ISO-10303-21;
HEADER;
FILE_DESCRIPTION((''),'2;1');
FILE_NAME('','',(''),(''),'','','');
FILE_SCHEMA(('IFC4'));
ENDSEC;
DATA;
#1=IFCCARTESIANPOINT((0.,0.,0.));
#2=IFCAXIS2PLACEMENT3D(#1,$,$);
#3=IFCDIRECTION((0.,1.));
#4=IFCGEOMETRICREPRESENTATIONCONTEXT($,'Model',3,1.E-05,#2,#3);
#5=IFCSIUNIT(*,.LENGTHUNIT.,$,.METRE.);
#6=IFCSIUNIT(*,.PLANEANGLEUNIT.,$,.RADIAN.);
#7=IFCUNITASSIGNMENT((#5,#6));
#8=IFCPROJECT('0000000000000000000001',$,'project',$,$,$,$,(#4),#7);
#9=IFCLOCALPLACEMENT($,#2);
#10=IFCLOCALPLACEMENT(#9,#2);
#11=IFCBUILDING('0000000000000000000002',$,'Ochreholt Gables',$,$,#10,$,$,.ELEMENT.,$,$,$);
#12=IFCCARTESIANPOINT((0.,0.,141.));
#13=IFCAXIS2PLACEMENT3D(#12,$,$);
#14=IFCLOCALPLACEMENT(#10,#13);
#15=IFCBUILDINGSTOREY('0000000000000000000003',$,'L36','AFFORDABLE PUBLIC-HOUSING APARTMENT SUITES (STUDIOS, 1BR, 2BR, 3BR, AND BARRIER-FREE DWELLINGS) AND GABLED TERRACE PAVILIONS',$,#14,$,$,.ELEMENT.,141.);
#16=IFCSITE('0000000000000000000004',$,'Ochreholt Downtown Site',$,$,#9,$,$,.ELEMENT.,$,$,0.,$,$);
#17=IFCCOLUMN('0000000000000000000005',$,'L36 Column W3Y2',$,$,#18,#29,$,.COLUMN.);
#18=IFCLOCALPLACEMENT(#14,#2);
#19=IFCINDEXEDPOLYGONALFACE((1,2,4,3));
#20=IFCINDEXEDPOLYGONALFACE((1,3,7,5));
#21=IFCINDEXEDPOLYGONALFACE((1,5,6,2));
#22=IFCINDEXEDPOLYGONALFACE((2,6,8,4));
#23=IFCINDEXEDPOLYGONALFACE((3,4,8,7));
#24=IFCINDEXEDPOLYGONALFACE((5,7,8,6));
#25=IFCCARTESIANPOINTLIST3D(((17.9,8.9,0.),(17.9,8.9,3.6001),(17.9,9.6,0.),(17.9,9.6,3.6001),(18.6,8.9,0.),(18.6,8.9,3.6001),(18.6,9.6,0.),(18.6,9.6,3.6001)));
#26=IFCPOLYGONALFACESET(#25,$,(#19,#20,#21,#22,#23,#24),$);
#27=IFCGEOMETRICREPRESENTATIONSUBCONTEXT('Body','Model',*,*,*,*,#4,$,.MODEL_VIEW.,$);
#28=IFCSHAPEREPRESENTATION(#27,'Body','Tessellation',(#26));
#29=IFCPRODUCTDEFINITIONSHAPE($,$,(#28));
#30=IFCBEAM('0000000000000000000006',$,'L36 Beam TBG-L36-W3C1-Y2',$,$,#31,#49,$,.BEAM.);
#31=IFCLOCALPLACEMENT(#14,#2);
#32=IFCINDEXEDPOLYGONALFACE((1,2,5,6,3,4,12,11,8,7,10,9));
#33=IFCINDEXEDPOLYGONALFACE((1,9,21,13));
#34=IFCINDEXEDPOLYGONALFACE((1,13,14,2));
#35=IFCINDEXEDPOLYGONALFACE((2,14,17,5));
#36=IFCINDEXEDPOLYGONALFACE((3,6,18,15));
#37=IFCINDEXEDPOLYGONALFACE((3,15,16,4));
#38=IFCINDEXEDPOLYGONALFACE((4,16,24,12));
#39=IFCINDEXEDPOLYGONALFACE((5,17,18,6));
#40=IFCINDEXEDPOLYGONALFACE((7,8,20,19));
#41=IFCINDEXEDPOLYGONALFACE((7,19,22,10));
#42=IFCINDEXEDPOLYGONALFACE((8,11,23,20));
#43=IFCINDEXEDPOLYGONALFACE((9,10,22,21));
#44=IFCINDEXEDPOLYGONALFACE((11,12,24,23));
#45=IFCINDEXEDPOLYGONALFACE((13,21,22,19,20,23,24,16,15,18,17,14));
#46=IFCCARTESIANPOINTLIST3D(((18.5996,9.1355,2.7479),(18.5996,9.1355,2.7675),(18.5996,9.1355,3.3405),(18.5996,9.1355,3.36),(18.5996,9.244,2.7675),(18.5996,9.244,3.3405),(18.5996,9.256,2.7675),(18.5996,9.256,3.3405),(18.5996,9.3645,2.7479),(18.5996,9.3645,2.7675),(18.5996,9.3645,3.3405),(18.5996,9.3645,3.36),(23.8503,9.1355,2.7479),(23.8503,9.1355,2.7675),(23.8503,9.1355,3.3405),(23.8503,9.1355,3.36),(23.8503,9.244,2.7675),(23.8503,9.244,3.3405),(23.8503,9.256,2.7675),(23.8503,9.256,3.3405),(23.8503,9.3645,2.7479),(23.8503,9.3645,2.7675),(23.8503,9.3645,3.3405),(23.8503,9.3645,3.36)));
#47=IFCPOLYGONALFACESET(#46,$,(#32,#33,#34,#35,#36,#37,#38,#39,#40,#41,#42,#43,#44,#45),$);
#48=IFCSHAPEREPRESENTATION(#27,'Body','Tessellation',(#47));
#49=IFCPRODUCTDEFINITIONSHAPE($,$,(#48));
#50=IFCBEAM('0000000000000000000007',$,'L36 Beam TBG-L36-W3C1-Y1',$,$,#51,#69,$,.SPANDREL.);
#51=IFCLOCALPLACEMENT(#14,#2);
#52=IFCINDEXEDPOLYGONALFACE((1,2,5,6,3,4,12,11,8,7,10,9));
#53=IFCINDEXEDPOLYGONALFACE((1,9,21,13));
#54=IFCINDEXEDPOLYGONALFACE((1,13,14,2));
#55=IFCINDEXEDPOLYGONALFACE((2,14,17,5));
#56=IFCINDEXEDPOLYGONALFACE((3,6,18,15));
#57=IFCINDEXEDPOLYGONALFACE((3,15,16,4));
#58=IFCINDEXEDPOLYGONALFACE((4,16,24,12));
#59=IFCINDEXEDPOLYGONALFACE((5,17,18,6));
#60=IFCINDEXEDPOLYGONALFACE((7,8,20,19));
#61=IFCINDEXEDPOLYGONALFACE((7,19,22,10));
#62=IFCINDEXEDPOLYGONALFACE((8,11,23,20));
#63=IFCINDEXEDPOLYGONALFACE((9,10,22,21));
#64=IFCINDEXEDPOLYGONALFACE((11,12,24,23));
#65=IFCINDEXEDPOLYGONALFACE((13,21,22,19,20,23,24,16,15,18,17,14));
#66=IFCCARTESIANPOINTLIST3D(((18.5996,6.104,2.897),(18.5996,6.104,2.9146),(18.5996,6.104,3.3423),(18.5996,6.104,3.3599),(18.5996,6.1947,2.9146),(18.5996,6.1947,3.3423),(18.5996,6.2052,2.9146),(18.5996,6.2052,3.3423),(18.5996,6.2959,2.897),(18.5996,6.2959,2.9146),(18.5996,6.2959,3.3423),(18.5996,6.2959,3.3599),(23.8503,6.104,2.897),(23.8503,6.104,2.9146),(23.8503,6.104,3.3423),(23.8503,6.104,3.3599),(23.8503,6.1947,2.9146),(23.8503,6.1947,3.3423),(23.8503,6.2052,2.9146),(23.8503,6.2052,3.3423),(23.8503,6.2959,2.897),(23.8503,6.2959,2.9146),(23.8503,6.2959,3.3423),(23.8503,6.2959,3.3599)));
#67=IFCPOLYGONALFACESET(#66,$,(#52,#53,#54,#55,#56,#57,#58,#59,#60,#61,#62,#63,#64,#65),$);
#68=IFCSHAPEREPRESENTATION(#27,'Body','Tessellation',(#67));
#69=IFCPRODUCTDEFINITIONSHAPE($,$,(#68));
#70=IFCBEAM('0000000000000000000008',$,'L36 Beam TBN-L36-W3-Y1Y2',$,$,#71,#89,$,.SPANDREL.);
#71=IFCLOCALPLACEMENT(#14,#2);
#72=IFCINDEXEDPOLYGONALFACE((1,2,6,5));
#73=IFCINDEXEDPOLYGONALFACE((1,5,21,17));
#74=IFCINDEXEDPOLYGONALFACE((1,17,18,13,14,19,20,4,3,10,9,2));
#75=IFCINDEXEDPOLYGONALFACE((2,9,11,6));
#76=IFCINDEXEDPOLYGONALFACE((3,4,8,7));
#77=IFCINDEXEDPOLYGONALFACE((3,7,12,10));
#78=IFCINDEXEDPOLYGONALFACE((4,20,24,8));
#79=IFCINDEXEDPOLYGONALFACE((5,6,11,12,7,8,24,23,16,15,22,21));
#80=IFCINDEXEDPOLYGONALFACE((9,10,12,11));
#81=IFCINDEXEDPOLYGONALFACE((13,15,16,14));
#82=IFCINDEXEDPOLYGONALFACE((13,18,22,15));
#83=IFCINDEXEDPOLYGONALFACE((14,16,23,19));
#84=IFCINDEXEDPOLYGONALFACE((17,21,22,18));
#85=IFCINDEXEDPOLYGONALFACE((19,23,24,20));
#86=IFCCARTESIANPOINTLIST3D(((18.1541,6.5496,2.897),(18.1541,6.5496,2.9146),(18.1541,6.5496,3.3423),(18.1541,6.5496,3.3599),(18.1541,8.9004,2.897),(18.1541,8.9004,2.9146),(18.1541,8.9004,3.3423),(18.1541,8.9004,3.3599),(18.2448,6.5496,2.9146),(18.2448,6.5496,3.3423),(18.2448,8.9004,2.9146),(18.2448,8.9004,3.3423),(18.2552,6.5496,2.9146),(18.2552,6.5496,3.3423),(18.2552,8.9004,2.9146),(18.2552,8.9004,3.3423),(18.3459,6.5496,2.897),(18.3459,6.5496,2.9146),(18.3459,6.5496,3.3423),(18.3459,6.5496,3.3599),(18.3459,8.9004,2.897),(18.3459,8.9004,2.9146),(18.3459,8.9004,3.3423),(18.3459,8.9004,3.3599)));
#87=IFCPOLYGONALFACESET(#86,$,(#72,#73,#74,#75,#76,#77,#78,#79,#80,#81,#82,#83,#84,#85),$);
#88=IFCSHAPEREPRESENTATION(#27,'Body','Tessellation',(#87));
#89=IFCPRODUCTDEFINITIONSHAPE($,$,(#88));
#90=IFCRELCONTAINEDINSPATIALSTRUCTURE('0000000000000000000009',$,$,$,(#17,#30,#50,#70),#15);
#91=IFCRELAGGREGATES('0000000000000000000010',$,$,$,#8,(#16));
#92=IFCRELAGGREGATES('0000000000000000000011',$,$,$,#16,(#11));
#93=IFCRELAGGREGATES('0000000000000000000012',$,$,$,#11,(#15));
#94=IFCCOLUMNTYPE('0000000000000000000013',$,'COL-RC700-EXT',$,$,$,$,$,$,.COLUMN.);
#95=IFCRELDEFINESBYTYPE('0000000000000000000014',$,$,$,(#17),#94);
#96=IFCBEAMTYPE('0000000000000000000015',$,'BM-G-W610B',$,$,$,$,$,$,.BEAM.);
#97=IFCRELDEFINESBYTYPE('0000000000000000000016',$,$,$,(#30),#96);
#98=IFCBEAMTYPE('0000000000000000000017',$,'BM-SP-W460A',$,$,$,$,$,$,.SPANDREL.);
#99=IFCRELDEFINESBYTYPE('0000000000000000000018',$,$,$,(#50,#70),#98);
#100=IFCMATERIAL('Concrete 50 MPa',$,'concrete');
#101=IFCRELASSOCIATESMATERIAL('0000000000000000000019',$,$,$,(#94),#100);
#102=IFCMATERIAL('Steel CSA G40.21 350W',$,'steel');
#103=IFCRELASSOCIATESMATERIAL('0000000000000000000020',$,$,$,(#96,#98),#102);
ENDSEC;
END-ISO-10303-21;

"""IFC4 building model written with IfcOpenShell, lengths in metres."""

from ifc_helpers import new_model, si_unit, direction, frame, origin, origin_2d, place, context, subcontext, project, spatial, rectangle, i_section, extrude, material, material_profile, profile_set, type_object, element, save


model = new_model("IFC4")

# Units and contexts
model_context = context("Model", 3, precision=1e-05, world=origin(), true_north=direction((0.0, 1.0)))
body_context = subcontext(model_context, "Body", "Model", "MODEL_VIEW")
ifc_project = project(units=[si_unit("LENGTHUNIT", "METRE"), si_unit("PLANEANGLEUNIT", "RADIAN")], contexts=[model_context])

# Site, building, storey
site_placement = place(None, origin())
site = spatial("IfcSite", under=ifc_project, at=site_placement, Name="Ochreholt Downtown Site", CompositionType="ELEMENT", RefElevation=0.0)
building_placement = place(site_placement, origin())
building = spatial("IfcBuilding", under=site, at=building_placement, Name="Ochreholt Gables", CompositionType="ELEMENT")
storey_placement = place(building_placement, frame((0.0, 0.0, 141.0)))
storey = spatial("IfcBuildingStorey", under=building, at=storey_placement, Name="L36", Description="AFFORDABLE PUBLIC-HOUSING APARTMENT SUITES (STUDIOS, 1BR, 2BR, 3BR, AND BARRIER-FREE DWELLINGS) AND GABLED TERRACE PAVILIONS", CompositionType="ELEMENT", Elevation=141.0)

# Column
ifc_material_1 = material(Name="Concrete 50 MPa", Category="concrete")
ifc_material_profile_1 = material_profile(ifc_material_1, rectangle(XDim=0.7, YDim=0.7, at=origin_2d()), Name="RC700X700")
ifc_profile_set_1 = profile_set([ifc_material_profile_1], Name="Concrete 50 MPa")
column_type = type_object("IfcColumnType", Name="COL-RC700-EXT", PredefinedType="COLUMN", material=ifc_profile_set_1)
column_placement = place(storey_placement, frame((18.25, 9.25, 0.0), z_axis=(0.0, 0.0, 1.0), x_axis=(1.0, 0.0, 0.0)))
element("IfcColumn", 1, at=column_placement, inside=storey, type_object=column_type, Name="L36 Column W3Y2", PredefinedType="COLUMN", context=body_context, shape_type="SweptSolid", body=[
    extrude(rectangle(XDim=0.7, YDim=0.7, at=origin_2d()), origin(), (0.0, 0.0, 1.0), 3.6001),
])

# Beams
ifc_material_2 = material(Name="Steel CSA G40.21 350W", Category="steel")
ifc_material_profile_2 = material_profile(ifc_material_2, i_section(OverallWidth=0.229, OverallDepth=0.6121, WebThickness=0.012, FlangeThickness=0.0195, at=origin_2d()), Name="W610X125")
ifc_profile_set_2 = profile_set([ifc_material_profile_2], Name="Steel CSA G40.21 350W")
beam_type_1 = type_object("IfcBeamType", Name="BM-G-W610B", PredefinedType="BEAM", material=ifc_profile_set_2)
beam_1_placement = place(storey_placement, frame((18.5996, 9.25, 3.054), z_axis=(1.0, 0.0, 0.0), x_axis=(0.0, 1.0, 0.0)))
element("IfcBeam", 2, at=beam_1_placement, inside=storey, type_object=beam_type_1, Name="L36 Beam TBG-L36-W3C1-Y2", PredefinedType="BEAM", context=body_context, shape_type="SweptSolid", body=[
    extrude(i_section(OverallWidth=0.229, OverallDepth=0.6121, WebThickness=0.012, FlangeThickness=0.0195, at=origin_2d()), origin(), (0.0, 0.0, 1.0), 5.2507),
])
ifc_material_profile_3 = material_profile(ifc_material_2, i_section(OverallWidth=0.1919, OverallDepth=0.4629, WebThickness=0.0105, FlangeThickness=0.0176, at=origin_2d()), Name="W460X89")
ifc_profile_set_3 = profile_set([ifc_material_profile_3], Name="Steel CSA G40.21 350W")
beam_type_2 = type_object("IfcBeamType", Name="BM-SP-W460A", PredefinedType="SPANDREL", material=ifc_profile_set_3)
beam_2_placement = place(storey_placement, frame((18.5996, 6.2, 3.1284), z_axis=(1.0, 0.0, 0.0), x_axis=(0.0, 1.0, 0.0)))
element("IfcBeam", 3, at=beam_2_placement, inside=storey, type_object=beam_type_2, Name="L36 Beam TBG-L36-W3C1-Y1", PredefinedType="SPANDREL", context=body_context, shape_type="SweptSolid", body=[
    extrude(i_section(OverallWidth=0.1919, OverallDepth=0.4629, WebThickness=0.0105, FlangeThickness=0.0176, at=origin_2d()), origin(), (0.0, 0.0, 1.0), 5.2507),
])
beam_3_placement = place(storey_placement, frame((18.25, 6.5496, 3.1284), z_axis=(0.0, 1.0, 0.0), x_axis=(-1.0, 0.0, 0.0)))
element("IfcBeam", 4, at=beam_3_placement, inside=storey, type_object=beam_type_2, Name="L36 Beam TBN-L36-W3-Y1Y2", PredefinedType="SPANDREL", context=body_context, shape_type="SweptSolid", body=[
    extrude(i_section(OverallWidth=0.1919, OverallDepth=0.4629, WebThickness=0.0105, FlangeThickness=0.0176, at=origin_2d()), origin(), (0.0, 0.0, 1.0), 2.3508),
])

save(model, "model.ifc")
